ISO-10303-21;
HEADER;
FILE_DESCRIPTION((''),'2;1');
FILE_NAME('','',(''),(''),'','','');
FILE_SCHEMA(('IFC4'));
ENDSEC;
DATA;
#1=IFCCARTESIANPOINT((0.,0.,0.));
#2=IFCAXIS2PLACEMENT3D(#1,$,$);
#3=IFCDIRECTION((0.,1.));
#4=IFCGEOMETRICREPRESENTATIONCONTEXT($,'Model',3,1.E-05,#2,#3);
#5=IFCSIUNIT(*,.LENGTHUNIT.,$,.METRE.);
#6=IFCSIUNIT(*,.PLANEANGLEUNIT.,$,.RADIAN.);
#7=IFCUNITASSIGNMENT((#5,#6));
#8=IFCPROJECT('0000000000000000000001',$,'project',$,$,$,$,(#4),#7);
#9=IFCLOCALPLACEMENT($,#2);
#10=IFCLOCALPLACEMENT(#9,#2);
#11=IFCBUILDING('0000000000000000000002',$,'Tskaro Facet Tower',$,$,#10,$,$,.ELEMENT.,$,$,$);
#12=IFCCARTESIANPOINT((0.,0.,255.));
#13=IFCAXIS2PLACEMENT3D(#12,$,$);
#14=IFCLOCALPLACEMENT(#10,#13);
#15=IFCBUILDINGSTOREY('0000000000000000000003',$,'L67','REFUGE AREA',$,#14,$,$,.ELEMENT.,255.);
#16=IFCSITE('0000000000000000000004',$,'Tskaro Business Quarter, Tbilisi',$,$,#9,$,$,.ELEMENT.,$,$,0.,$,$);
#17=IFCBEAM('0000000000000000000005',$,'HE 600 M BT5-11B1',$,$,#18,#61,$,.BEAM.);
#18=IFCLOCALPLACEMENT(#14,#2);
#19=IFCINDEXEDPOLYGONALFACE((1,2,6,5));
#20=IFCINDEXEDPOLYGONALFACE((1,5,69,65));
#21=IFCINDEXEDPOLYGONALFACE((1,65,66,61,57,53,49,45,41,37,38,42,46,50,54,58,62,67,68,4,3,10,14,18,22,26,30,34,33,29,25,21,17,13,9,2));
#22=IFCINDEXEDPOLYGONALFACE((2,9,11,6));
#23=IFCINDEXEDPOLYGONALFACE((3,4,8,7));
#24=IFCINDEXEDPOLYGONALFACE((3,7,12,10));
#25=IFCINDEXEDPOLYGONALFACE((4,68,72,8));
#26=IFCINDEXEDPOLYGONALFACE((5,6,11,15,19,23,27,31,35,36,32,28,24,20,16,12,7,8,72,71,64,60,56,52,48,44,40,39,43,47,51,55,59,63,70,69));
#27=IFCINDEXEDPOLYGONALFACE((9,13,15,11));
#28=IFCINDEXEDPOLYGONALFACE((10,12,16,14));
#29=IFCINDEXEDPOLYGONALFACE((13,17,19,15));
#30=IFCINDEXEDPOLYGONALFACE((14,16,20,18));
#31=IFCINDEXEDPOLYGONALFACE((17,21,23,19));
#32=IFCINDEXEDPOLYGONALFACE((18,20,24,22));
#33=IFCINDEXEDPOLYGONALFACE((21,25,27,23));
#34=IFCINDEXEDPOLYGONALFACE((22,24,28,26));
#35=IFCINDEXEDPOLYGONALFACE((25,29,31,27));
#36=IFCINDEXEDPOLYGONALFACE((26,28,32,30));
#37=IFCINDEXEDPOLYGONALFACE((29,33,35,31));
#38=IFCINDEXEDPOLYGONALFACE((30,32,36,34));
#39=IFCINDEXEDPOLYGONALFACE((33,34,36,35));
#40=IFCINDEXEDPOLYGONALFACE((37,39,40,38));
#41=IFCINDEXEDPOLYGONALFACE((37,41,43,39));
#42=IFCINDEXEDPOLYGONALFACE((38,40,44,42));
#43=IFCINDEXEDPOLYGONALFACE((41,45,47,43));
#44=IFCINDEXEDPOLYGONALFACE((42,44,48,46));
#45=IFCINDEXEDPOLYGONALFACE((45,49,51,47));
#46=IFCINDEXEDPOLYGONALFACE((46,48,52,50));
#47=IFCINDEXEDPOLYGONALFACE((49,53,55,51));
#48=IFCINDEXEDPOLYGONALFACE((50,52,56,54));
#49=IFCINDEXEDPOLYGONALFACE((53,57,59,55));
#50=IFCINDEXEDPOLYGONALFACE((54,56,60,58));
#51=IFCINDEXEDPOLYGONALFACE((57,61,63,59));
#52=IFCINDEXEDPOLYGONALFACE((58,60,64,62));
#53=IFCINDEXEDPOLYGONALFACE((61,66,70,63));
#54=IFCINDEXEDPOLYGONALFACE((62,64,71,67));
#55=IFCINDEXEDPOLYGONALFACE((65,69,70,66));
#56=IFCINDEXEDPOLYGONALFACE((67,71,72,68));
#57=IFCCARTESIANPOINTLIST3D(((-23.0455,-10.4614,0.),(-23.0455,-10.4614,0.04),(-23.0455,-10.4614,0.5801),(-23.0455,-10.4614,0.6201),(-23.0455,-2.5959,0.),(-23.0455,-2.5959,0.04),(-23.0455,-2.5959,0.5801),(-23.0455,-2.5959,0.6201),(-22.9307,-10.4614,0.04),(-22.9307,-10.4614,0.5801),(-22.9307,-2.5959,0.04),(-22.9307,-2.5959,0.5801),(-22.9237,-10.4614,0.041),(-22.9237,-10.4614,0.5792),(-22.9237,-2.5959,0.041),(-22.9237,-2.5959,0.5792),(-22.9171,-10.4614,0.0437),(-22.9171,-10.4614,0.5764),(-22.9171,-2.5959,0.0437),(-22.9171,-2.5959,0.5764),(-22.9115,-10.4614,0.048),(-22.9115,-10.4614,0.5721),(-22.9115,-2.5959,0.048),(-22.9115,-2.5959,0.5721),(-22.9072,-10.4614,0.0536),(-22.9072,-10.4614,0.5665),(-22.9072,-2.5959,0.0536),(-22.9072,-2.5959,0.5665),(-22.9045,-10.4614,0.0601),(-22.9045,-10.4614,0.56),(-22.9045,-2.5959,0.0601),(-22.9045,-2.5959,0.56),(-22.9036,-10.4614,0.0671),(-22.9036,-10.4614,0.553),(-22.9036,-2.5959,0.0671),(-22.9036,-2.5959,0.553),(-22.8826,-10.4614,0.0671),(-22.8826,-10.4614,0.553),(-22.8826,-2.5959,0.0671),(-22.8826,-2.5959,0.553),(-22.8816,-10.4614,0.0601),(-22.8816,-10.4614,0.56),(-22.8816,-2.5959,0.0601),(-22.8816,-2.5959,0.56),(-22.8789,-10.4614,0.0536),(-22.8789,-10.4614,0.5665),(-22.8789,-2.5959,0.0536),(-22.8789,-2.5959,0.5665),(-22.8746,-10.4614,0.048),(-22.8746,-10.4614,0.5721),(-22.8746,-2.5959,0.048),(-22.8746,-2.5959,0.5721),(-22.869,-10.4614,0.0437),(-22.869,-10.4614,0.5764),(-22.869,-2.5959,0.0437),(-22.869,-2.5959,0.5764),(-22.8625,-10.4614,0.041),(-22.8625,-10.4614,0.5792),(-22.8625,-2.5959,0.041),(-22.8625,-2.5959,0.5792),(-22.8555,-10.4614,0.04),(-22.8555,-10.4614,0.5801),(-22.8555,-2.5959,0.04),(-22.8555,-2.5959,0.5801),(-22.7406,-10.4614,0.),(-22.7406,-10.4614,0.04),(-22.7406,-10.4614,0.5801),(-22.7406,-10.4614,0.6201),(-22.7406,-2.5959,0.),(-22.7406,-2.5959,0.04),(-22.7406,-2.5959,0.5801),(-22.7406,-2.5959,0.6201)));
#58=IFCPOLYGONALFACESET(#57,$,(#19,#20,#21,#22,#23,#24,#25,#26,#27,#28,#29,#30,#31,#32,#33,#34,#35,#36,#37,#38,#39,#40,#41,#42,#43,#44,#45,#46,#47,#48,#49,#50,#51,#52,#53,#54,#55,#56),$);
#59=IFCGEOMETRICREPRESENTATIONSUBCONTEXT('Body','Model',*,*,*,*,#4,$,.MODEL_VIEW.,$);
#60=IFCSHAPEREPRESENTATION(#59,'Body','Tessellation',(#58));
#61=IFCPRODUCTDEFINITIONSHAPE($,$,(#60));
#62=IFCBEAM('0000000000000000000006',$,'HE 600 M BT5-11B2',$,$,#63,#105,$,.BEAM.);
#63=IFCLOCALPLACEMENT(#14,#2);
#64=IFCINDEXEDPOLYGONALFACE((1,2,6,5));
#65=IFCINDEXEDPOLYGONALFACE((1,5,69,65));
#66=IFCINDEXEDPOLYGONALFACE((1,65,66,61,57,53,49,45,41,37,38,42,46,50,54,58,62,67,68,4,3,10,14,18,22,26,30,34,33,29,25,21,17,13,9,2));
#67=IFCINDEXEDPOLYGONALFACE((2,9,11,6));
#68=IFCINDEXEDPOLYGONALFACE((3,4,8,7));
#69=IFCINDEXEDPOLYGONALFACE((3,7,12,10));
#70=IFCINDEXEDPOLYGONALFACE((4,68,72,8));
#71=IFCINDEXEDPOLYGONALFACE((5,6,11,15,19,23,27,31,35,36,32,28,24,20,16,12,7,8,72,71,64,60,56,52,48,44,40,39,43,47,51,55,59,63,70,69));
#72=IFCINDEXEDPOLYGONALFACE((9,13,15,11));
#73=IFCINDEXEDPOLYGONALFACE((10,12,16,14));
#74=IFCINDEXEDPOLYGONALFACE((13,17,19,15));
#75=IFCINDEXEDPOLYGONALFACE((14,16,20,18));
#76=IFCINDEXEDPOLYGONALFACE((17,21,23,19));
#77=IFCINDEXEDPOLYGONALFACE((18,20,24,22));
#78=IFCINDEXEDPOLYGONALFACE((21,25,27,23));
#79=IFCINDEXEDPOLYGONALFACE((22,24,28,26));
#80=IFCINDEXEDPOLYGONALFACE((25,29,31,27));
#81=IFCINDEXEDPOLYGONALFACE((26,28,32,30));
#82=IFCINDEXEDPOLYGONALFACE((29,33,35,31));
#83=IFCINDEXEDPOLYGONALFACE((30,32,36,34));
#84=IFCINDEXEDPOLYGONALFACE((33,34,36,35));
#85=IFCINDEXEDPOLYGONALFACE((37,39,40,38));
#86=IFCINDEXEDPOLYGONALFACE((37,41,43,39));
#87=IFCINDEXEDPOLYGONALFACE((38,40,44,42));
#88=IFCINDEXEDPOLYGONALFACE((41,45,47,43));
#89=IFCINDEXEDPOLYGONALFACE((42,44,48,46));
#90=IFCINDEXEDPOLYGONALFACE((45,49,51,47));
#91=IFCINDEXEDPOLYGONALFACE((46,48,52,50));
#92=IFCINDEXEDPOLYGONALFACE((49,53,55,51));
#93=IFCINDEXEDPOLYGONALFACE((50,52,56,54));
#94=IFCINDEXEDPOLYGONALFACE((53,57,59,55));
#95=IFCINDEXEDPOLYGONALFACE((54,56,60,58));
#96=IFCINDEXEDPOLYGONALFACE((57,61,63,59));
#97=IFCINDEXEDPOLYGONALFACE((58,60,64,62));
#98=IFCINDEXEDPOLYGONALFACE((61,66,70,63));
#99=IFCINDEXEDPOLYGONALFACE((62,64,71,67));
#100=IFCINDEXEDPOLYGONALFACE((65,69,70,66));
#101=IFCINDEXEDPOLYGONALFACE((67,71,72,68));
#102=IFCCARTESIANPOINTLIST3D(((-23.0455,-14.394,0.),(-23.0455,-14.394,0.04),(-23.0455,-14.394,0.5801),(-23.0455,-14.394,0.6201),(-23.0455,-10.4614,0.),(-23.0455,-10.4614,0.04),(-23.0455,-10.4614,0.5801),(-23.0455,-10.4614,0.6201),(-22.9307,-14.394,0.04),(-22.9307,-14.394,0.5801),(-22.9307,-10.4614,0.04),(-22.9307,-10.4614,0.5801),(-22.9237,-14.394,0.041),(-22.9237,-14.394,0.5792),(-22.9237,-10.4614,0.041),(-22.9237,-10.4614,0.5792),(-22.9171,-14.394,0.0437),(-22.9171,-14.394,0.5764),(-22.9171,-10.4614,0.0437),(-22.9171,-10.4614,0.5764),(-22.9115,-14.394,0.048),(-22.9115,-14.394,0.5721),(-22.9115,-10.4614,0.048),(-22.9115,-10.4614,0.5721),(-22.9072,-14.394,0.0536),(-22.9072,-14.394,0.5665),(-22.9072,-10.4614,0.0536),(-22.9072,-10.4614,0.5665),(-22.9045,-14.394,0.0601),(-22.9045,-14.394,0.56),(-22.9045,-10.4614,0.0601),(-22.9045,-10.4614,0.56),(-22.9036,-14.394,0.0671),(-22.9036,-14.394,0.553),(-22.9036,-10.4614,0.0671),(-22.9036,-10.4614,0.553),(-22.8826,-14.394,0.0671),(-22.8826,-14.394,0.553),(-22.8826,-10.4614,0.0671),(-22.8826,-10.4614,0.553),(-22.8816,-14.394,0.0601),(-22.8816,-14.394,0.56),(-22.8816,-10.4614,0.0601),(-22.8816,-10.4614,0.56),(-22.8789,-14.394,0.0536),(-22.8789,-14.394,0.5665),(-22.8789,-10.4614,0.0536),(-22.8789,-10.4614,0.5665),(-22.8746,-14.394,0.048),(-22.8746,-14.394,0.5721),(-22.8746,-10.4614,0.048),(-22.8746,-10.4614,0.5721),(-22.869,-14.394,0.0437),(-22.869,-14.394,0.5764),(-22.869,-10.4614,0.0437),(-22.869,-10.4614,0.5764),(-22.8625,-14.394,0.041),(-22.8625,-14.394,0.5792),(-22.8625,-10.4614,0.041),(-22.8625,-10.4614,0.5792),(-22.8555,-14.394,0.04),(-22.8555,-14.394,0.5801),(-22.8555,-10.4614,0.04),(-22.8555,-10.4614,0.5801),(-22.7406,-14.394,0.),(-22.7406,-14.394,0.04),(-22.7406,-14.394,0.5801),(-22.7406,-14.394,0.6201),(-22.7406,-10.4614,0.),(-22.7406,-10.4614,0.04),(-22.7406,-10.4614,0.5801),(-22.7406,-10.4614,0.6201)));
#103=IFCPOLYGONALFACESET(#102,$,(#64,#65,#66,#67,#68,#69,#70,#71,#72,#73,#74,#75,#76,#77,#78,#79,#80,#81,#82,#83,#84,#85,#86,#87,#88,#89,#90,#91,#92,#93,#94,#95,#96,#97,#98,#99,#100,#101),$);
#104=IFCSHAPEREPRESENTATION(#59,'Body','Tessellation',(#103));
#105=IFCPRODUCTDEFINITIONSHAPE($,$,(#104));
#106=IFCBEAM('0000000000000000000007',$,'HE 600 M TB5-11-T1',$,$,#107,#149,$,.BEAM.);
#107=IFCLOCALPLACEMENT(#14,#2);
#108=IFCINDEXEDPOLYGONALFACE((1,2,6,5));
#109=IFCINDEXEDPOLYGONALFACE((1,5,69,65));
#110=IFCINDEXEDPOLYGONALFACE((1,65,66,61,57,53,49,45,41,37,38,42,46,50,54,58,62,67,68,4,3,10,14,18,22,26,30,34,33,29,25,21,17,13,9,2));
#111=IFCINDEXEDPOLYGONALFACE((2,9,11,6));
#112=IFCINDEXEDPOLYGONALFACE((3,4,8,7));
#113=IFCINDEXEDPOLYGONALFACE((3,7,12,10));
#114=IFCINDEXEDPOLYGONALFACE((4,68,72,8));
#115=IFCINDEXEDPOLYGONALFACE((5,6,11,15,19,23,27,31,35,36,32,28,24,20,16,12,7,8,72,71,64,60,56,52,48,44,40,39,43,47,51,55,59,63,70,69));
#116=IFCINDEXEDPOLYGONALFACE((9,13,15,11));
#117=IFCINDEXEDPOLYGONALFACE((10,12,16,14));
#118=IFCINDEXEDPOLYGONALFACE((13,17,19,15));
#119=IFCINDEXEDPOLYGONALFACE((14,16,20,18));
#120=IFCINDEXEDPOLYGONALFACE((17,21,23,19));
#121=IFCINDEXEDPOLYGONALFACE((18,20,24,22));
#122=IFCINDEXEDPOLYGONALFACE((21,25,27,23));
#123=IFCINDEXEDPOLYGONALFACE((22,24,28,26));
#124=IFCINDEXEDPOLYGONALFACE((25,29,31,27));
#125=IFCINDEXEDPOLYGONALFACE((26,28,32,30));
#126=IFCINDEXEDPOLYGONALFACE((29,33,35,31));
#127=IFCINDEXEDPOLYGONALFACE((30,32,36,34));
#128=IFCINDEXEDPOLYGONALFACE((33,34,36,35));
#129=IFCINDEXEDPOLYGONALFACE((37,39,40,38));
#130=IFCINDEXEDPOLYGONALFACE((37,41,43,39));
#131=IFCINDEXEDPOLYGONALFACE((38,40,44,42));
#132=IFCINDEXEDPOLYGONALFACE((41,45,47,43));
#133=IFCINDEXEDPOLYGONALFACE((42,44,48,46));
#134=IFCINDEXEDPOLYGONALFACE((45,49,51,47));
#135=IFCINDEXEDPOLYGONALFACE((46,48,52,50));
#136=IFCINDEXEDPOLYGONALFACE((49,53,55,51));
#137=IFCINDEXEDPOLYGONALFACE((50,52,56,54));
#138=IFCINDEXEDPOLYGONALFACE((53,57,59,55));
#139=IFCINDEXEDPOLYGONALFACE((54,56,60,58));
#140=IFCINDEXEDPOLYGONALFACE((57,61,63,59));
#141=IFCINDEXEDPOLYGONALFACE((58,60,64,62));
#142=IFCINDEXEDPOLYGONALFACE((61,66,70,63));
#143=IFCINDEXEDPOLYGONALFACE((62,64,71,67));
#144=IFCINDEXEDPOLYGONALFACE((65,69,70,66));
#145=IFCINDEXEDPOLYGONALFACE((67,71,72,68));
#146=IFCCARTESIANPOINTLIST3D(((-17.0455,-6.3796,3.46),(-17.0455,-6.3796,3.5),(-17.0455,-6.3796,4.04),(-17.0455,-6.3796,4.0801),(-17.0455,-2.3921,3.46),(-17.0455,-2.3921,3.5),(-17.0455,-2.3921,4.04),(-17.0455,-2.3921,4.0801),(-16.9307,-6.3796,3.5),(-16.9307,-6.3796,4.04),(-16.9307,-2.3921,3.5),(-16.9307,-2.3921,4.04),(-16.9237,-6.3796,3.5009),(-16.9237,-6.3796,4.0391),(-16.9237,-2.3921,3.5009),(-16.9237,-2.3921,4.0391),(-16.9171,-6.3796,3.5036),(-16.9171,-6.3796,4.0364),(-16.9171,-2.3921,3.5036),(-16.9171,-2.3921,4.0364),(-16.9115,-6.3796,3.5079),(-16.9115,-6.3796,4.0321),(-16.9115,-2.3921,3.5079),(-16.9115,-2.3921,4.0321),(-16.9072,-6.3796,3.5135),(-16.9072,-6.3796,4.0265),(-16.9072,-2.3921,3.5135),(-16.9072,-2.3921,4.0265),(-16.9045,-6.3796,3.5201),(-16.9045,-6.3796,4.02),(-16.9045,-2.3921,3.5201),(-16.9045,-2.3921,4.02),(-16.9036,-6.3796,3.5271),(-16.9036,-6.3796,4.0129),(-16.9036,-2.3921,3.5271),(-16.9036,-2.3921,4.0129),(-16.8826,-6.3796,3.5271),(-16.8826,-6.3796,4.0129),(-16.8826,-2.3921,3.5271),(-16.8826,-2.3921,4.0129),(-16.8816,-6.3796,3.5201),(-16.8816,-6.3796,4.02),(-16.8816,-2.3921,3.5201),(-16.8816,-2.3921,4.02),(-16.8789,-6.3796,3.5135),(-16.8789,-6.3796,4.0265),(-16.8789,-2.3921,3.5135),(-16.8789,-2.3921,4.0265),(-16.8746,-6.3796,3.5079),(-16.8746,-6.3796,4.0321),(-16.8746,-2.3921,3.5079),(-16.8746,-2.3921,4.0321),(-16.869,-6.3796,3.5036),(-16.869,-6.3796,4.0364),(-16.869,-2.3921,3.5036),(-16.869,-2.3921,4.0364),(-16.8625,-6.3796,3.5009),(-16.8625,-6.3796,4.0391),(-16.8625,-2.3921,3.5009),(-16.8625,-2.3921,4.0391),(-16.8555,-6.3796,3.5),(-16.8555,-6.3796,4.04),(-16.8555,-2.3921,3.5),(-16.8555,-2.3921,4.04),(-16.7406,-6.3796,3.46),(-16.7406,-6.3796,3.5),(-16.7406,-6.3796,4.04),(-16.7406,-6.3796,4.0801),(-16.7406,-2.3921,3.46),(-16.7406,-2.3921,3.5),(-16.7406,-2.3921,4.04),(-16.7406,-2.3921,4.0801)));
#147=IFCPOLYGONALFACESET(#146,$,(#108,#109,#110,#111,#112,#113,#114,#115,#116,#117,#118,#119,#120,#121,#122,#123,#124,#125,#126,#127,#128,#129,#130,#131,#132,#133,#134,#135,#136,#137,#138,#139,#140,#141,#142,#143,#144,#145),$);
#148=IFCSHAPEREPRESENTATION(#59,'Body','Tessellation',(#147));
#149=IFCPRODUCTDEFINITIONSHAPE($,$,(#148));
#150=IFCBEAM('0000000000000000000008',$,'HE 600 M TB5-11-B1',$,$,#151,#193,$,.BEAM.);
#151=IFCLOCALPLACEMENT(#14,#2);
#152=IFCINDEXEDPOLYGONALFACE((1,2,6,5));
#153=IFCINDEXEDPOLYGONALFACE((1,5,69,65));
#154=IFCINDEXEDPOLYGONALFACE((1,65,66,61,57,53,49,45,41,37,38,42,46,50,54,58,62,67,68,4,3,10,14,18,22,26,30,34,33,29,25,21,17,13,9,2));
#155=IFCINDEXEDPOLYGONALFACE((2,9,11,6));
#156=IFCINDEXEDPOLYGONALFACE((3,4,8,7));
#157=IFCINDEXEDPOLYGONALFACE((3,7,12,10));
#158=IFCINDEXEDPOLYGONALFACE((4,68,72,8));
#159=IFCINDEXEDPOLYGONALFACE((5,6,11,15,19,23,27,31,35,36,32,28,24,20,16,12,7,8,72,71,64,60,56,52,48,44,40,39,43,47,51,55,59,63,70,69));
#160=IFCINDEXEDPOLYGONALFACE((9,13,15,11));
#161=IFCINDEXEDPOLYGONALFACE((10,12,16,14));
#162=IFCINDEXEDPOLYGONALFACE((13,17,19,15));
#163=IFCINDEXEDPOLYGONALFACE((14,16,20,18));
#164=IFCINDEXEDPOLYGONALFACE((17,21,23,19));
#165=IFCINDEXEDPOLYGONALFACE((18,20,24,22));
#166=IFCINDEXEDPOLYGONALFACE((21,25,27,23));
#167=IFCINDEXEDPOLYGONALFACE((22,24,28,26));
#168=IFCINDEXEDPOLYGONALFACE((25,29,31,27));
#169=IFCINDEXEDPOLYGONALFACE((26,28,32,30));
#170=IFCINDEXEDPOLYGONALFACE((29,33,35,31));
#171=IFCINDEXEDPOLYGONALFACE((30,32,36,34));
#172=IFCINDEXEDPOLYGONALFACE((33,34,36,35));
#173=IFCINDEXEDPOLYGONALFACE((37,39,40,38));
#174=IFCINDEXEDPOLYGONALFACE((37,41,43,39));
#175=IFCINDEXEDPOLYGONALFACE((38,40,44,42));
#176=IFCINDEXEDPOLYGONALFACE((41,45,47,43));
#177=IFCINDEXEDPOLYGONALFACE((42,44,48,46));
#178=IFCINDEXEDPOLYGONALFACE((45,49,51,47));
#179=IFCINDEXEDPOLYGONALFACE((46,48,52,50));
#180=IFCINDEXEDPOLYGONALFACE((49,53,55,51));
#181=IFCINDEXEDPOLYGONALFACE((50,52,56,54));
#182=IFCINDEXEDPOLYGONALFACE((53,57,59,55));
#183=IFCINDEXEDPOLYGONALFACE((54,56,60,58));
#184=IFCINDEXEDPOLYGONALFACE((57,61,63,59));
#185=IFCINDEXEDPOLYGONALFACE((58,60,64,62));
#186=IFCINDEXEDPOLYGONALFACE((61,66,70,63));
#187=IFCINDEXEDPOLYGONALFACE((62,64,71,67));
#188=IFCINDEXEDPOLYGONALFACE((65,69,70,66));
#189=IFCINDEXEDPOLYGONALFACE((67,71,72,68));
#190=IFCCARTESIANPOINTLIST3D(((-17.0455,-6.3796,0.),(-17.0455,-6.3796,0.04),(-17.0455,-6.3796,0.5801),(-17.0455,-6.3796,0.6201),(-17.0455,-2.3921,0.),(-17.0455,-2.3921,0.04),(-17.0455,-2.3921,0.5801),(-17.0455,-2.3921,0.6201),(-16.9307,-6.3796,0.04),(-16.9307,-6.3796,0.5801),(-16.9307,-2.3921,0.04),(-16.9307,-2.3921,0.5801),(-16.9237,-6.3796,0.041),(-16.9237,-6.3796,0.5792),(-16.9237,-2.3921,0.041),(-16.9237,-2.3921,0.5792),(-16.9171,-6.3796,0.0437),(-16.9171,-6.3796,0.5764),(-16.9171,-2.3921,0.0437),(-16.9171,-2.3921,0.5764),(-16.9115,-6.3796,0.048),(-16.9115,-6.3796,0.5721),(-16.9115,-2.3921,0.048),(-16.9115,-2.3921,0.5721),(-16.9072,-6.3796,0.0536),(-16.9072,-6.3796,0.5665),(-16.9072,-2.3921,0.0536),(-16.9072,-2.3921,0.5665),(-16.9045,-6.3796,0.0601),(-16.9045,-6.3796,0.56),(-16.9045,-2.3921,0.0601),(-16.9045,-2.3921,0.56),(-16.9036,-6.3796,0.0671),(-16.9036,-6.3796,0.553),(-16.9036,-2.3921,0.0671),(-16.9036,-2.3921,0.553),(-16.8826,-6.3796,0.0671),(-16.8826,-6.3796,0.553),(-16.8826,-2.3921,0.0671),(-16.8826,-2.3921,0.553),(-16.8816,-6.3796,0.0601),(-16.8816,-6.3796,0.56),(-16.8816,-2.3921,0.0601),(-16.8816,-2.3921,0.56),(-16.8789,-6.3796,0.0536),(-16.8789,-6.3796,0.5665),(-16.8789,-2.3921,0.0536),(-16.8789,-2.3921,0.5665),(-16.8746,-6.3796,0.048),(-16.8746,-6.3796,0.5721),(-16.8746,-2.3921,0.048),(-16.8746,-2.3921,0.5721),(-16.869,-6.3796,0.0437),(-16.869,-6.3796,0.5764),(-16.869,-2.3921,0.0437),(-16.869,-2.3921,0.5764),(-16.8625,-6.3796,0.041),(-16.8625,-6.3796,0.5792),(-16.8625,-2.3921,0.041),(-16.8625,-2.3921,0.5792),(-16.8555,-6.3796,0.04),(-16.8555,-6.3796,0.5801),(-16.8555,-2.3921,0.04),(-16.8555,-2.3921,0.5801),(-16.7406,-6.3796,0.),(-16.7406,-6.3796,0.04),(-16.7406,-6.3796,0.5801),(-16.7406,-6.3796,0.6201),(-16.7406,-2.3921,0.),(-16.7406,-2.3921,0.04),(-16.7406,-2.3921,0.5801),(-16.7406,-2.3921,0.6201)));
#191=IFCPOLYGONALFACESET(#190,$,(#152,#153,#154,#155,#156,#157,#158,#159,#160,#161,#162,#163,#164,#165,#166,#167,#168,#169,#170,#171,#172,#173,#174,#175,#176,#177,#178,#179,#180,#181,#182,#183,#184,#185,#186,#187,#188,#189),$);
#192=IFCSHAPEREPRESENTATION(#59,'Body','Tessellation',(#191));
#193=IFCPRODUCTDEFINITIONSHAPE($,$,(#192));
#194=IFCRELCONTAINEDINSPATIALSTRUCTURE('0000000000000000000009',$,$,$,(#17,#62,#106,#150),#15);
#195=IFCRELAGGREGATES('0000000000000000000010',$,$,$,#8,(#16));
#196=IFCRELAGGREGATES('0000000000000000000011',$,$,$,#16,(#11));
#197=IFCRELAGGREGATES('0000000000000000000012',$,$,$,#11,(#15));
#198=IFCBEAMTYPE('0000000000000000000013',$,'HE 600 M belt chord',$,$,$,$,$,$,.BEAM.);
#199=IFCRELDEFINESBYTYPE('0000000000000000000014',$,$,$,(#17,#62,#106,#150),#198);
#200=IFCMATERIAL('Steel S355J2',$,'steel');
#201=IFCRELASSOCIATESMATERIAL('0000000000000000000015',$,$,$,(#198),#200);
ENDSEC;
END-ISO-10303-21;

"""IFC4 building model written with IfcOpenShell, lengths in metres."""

from ifc_helpers import new_model, si_unit, direction, frame, origin, origin_2d, place, context, subcontext, project, spatial, i_section, extrude, material, material_profile, profile_set, type_object, element, save


model = new_model("IFC4")

# Units and contexts
model_context = context("Model", 3, precision=1e-05, world=origin(), true_north=direction((0.0, 1.0)))
body_context = subcontext(model_context, "Body", "Model", "MODEL_VIEW")
ifc_project = project(units=[si_unit("LENGTHUNIT", "METRE"), si_unit("PLANEANGLEUNIT", "RADIAN")], contexts=[model_context])

# Site, building, storey
site_placement = place(None, origin())
site = spatial("IfcSite", under=ifc_project, at=site_placement, Name="Tskaro Business Quarter, Tbilisi", CompositionType="ELEMENT", RefElevation=0.0)
building_placement = place(site_placement, origin())
building = spatial("IfcBuilding", under=site, at=building_placement, Name="Tskaro Facet Tower", CompositionType="ELEMENT")
storey_placement = place(building_placement, frame((0.0, 0.0, 255.0)))
storey = spatial("IfcBuildingStorey", under=building, at=storey_placement, Name="L67", Description="REFUGE AREA", CompositionType="ELEMENT", Elevation=255.0)

# Beams
ifc_material_1 = material(Name="Steel S355J2", Category="steel")
ifc_material_profile_1 = material_profile(ifc_material_1, i_section(OverallWidth=0.3049, OverallDepth=0.6201, WebThickness=0.021, FlangeThickness=0.04, FilletRadius=0.0271, at=origin_2d()), Name="HE 600 M")
ifc_profile_set_1 = profile_set([ifc_material_profile_1], Name="Steel S355J2")
beam_type_1 = type_object("IfcBeamType", Name="HE 600 M belt chord", PredefinedType="BEAM", material=ifc_profile_set_1)
for number, where, z_axis, x_axis, name in (
    (1, (-22.8931, -2.5959, 0.3101), (0.0, -1.0, 0.0), (1.0, 0.0, 0.0), "HE 600 M BT5-11B1"),
):
    element("IfcBeam", number, at=place(storey_placement, frame(where, z_axis=z_axis, x_axis=x_axis)), inside=storey, type_object=beam_type_1, Name=name, PredefinedType="BEAM", context=body_context, shape_type="SweptSolid", body=[
        extrude(i_section(OverallWidth=0.3049, OverallDepth=0.6201, WebThickness=0.021, FlangeThickness=0.04, FilletRadius=0.0271, at=origin_2d()), origin(), (0.0, 0.0, 1.0), 7.8655),
    ])
beam_1_placement = place(storey_placement, frame((-22.8931, -10.4614, 0.3101), z_axis=(0.0, -1.0, 0.0), x_axis=(1.0, 0.0, 0.0)))
element("IfcBeam", 2, at=beam_1_placement, inside=storey, type_object=beam_type_1, Name="HE 600 M BT5-11B2", PredefinedType="BEAM", context=body_context, shape_type="SweptSolid", body=[
    extrude(i_section(OverallWidth=0.3049, OverallDepth=0.6201, WebThickness=0.021, FlangeThickness=0.04, FilletRadius=0.0271, at=origin_2d()), origin(), (0.0, 0.0, 1.0), 3.9326),
])
for number, where, z_axis, x_axis, name in (
    (3, (-16.8931, -2.3921, 3.77), (0.0, -1.0, 0.0), (1.0, 0.0, 0.0), "HE 600 M TB5-11-T1"),
    (4, (-16.8931, -2.3921, 0.3101), (0.0, -1.0, 0.0), (1.0, 0.0, 0.0), "HE 600 M TB5-11-B1"),
):
    element("IfcBeam", number, at=place(storey_placement, frame(where, z_axis=z_axis, x_axis=x_axis)), inside=storey, type_object=beam_type_1, Name=name, PredefinedType="BEAM", context=body_context, shape_type="SweptSolid", body=[
        extrude(i_section(OverallWidth=0.3049, OverallDepth=0.6201, WebThickness=0.021, FlangeThickness=0.04, FilletRadius=0.0271, at=origin_2d()), origin(), (0.0, 0.0, 1.0), 3.9875),
    ])

save(model, "model.ifc")
